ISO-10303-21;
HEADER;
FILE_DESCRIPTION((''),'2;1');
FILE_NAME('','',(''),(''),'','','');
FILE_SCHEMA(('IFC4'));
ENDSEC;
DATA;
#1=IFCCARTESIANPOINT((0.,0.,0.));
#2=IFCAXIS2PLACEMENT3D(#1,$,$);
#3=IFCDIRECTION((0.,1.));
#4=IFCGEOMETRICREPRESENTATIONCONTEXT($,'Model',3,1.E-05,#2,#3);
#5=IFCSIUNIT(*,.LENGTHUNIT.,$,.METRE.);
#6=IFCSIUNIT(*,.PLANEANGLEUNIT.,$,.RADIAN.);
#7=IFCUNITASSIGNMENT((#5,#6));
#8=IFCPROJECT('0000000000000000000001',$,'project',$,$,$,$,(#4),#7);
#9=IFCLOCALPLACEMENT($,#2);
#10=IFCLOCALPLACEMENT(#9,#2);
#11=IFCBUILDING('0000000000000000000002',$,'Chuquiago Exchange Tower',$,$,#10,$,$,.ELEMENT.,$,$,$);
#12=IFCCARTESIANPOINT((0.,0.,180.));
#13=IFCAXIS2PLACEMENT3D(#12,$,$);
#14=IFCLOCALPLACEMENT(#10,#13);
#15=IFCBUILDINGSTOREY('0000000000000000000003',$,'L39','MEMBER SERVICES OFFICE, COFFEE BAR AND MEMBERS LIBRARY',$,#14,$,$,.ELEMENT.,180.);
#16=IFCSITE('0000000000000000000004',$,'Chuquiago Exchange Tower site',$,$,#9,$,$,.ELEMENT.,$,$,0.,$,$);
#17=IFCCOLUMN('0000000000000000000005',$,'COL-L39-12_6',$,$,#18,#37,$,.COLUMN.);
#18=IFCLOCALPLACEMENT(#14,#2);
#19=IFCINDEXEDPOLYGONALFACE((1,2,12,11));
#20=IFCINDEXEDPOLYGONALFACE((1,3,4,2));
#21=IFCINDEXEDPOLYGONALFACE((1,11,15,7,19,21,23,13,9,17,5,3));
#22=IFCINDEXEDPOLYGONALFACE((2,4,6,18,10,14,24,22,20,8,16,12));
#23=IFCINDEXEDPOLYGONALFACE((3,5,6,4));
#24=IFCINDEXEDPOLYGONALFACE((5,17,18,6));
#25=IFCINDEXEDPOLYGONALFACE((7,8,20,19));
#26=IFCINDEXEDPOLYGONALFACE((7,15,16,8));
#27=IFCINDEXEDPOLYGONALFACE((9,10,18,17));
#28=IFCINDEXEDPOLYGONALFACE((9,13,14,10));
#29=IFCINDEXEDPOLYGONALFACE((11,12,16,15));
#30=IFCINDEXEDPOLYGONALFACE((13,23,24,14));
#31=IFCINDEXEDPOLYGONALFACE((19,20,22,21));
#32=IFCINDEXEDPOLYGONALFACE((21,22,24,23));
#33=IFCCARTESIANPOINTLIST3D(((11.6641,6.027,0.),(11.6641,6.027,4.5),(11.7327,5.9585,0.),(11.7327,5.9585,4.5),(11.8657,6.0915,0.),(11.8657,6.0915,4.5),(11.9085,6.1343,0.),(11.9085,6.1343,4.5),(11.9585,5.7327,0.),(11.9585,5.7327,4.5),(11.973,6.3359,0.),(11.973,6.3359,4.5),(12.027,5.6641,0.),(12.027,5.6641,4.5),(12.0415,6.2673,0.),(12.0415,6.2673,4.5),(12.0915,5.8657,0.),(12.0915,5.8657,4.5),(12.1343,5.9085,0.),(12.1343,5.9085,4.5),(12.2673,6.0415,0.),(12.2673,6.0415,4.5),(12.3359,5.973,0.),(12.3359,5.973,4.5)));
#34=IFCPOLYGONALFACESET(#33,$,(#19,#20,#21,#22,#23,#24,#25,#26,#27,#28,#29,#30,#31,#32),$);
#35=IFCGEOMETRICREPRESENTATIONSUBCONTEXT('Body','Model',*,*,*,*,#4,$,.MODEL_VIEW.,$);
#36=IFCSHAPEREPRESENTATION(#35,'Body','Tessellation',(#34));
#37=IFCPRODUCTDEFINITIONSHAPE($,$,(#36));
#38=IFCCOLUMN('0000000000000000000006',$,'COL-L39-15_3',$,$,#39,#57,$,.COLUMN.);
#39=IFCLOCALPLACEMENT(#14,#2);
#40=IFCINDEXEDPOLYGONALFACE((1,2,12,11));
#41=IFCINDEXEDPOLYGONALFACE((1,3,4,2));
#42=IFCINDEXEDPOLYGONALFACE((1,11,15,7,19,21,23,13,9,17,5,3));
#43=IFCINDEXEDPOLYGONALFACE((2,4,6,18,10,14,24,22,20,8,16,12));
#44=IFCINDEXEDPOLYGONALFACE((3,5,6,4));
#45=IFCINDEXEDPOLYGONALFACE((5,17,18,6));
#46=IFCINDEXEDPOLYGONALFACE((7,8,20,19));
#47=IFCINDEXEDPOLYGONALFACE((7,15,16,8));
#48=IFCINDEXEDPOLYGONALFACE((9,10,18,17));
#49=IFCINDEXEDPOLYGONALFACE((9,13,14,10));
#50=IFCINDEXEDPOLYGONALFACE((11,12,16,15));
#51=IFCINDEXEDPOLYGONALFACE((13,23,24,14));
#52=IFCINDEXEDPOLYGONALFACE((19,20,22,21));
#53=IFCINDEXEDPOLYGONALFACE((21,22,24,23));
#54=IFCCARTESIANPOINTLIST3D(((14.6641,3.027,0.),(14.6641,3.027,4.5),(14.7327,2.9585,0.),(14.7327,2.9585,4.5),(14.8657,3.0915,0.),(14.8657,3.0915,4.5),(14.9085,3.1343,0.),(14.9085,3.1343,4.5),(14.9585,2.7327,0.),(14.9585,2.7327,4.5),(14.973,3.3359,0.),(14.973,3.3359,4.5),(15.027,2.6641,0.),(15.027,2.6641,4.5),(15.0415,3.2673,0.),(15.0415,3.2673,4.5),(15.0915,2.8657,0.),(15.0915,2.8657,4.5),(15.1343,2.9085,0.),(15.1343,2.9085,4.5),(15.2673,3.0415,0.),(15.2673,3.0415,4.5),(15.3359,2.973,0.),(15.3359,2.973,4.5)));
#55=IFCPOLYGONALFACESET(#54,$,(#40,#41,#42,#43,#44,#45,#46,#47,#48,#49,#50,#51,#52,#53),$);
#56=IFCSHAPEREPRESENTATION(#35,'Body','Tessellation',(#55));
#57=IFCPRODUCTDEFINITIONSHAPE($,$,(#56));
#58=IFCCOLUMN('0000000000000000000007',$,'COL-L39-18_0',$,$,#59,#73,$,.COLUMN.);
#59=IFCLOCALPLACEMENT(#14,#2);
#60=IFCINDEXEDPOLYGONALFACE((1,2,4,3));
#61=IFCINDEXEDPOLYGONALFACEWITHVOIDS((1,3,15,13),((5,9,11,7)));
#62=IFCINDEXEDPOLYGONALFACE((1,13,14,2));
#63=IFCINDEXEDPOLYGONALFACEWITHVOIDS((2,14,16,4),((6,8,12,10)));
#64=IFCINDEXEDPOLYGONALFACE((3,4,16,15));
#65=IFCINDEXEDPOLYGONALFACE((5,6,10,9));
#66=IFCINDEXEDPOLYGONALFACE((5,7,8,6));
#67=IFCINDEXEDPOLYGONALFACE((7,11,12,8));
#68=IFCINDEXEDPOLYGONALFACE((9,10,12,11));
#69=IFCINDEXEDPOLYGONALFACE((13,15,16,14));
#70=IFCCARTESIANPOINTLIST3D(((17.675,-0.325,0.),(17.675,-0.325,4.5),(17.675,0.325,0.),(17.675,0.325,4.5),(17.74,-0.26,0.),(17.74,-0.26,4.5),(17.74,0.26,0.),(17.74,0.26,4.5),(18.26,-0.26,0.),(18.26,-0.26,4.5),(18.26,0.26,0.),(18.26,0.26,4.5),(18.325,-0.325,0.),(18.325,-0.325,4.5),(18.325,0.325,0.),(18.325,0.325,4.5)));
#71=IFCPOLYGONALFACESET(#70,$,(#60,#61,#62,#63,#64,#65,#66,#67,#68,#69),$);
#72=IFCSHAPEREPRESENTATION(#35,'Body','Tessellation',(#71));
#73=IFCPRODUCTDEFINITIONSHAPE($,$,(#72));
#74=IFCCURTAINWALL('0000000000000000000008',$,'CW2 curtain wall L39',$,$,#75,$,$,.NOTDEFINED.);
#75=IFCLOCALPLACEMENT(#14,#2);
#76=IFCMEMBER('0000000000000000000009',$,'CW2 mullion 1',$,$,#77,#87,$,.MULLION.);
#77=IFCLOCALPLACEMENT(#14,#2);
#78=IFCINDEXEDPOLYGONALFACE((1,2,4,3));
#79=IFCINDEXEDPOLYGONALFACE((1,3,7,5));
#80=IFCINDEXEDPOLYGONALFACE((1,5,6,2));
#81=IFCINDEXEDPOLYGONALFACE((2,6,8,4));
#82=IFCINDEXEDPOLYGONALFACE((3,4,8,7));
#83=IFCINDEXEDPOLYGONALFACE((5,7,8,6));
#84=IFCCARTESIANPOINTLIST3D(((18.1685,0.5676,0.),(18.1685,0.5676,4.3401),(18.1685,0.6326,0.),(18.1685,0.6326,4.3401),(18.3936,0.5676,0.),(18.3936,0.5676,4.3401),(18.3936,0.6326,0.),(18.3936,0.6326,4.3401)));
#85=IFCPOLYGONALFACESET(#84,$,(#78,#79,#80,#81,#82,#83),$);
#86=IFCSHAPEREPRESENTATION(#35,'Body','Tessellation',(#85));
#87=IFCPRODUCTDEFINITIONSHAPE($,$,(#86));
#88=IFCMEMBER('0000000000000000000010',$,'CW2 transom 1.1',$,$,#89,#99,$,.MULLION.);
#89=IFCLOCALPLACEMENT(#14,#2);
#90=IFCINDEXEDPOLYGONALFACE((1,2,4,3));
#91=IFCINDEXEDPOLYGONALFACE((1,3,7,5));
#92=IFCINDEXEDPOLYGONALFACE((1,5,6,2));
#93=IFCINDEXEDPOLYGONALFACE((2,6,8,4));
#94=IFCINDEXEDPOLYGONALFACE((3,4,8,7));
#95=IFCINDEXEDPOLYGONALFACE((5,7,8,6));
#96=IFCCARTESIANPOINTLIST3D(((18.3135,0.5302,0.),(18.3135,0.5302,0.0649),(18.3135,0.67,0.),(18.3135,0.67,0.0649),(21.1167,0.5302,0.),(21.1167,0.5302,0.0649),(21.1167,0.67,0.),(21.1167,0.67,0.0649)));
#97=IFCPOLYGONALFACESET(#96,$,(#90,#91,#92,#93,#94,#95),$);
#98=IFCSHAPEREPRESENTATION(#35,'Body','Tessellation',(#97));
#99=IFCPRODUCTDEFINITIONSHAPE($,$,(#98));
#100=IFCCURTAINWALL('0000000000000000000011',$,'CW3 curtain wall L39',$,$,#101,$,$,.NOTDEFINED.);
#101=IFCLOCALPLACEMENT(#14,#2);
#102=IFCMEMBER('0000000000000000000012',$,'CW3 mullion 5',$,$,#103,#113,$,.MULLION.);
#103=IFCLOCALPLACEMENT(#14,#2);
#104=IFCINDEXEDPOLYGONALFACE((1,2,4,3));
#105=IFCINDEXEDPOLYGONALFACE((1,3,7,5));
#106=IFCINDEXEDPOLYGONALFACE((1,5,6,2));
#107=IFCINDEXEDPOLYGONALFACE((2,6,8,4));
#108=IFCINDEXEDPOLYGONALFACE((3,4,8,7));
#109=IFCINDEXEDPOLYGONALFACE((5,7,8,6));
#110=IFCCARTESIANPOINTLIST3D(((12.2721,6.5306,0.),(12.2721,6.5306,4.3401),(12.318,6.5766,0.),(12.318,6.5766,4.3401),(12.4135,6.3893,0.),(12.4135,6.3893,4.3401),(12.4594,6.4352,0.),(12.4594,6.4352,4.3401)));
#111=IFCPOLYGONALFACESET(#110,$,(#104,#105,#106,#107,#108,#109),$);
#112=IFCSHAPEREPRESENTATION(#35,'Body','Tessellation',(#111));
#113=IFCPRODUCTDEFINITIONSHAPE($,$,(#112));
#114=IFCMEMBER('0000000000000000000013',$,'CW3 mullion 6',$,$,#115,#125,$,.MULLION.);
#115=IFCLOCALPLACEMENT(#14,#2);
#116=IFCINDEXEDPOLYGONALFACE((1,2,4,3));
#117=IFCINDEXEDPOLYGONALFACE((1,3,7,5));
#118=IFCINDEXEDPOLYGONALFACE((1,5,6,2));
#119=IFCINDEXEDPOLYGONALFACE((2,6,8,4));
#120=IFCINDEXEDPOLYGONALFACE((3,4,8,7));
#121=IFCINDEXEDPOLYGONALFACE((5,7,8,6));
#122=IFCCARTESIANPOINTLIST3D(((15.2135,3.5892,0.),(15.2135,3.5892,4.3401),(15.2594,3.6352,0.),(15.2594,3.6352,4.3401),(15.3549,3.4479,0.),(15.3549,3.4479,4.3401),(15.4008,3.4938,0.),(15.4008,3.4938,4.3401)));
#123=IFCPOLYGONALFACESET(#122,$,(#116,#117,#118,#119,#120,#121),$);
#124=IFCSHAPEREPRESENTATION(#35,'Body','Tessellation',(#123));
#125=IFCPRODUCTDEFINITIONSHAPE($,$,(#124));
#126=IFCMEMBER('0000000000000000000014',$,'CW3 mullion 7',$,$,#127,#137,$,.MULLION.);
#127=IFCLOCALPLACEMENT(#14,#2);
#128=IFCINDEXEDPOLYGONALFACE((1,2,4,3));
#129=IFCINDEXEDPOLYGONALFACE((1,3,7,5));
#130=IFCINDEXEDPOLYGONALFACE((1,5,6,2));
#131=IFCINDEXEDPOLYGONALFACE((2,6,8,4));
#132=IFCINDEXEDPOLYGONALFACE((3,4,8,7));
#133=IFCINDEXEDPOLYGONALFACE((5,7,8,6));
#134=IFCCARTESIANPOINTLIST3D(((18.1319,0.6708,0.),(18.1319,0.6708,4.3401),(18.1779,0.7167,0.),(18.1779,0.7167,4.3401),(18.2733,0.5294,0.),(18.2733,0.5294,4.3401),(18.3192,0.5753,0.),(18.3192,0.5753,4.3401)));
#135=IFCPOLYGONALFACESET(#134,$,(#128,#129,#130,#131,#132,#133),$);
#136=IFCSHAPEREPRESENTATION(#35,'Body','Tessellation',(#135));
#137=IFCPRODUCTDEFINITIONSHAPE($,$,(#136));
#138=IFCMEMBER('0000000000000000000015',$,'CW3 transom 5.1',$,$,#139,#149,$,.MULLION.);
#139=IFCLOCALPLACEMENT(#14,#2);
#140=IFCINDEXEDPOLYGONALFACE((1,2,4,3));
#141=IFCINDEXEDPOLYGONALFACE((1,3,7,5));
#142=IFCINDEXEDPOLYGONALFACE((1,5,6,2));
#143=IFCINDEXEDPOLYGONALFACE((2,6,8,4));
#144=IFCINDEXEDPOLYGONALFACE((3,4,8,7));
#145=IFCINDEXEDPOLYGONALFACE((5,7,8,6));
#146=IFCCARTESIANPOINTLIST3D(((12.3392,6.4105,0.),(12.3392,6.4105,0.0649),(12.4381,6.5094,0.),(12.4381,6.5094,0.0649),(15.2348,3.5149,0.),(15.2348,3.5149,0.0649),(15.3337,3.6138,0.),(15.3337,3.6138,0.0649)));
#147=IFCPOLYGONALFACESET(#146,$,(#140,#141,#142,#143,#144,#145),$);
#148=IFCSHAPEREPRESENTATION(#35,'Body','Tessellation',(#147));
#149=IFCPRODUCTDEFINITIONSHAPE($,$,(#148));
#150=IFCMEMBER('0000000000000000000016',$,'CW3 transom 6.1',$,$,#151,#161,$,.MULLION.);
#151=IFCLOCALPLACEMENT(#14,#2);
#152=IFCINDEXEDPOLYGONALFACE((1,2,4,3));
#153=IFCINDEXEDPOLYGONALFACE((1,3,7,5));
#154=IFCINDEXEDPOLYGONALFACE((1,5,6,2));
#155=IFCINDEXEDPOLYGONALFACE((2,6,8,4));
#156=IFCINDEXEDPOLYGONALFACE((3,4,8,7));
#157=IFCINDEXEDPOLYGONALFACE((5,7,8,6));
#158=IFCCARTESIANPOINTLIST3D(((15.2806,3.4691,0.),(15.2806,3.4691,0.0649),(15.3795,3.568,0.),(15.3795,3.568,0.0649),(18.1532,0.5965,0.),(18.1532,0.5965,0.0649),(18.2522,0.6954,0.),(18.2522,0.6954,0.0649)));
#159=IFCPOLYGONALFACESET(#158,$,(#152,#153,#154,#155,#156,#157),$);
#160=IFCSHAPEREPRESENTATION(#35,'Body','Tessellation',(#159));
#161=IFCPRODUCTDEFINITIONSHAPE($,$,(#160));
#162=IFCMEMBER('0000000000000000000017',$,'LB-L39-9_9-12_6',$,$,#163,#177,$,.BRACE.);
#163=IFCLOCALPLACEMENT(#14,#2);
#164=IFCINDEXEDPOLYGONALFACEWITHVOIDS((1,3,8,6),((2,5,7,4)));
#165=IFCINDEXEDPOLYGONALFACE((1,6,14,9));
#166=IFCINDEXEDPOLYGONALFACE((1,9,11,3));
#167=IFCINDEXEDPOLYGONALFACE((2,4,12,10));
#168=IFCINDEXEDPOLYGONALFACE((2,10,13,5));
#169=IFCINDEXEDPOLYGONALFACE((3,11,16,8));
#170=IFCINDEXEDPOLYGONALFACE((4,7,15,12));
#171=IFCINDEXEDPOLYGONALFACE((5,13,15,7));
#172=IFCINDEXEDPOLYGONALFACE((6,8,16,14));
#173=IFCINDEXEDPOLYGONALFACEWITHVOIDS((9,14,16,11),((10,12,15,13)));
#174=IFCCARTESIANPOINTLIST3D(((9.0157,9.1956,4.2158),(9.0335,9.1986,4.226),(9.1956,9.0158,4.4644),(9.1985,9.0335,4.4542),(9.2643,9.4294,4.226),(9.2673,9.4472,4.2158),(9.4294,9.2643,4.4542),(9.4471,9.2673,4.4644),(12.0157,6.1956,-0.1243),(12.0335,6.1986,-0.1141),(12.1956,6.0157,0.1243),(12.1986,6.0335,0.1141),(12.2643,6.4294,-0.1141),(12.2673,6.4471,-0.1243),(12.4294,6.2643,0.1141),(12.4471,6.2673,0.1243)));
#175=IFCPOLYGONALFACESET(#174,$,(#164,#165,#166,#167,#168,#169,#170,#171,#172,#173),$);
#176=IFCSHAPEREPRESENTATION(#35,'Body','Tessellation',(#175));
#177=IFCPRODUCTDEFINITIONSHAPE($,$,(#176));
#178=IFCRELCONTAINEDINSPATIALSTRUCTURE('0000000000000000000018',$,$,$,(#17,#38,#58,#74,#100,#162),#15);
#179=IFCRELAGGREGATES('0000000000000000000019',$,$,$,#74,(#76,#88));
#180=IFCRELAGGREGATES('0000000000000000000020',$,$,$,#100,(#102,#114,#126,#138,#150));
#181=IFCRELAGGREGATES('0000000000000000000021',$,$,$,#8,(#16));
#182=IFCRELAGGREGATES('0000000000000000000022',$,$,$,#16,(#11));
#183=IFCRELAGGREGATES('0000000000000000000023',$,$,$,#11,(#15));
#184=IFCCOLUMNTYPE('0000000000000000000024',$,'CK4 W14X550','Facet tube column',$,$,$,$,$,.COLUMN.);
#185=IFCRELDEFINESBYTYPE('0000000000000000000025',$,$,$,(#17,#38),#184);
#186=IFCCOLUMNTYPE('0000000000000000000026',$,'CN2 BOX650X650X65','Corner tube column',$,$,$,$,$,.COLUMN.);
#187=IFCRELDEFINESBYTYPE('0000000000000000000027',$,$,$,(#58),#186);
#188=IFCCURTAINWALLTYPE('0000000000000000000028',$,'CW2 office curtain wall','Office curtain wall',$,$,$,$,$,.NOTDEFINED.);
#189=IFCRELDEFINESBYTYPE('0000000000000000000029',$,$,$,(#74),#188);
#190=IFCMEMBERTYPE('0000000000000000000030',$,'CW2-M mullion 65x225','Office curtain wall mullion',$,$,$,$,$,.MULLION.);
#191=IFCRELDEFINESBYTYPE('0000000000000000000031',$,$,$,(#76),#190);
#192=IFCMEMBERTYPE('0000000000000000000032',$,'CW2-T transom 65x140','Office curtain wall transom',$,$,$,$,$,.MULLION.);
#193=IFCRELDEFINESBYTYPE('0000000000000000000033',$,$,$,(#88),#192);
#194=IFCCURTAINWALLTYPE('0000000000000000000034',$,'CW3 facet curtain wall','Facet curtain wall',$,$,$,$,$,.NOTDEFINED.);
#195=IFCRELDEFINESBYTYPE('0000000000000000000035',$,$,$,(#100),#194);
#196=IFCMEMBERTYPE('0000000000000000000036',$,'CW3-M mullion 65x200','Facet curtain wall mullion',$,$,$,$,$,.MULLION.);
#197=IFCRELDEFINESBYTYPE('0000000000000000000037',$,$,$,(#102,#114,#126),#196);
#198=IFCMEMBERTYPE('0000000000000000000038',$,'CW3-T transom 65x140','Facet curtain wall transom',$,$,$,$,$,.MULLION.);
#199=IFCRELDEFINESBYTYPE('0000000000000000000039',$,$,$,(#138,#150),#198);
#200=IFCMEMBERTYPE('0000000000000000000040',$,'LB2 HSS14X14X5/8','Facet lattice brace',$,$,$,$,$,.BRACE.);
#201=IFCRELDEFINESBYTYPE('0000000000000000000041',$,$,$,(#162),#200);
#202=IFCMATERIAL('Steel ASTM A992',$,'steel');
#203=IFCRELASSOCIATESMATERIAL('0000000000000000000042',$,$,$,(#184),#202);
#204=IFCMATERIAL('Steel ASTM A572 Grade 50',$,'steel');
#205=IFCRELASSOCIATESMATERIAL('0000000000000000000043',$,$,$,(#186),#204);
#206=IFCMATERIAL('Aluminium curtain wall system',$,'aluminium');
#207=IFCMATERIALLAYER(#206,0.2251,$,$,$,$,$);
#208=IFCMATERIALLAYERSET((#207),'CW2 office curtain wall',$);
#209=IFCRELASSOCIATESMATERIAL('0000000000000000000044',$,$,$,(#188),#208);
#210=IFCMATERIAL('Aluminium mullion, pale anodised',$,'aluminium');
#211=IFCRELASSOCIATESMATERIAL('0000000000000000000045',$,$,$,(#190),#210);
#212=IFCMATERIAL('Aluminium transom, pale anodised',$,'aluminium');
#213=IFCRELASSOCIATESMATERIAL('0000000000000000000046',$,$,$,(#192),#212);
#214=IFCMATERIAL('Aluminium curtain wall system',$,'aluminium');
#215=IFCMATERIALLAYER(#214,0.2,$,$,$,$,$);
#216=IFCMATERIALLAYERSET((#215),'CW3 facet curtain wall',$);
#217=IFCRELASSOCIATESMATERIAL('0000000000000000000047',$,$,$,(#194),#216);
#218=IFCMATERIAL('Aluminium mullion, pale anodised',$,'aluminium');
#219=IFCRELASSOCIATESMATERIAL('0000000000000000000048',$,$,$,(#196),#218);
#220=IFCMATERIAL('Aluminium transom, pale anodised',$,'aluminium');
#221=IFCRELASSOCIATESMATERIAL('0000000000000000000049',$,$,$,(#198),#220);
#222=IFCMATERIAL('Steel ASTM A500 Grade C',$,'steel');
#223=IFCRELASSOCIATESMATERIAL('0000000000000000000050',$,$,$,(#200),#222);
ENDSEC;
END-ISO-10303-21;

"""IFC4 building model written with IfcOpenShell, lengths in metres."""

from ifc_helpers import new_model, si_unit, direction, frame, origin, origin_2d, place, context, subcontext, project, spatial, rectangle, hollow_rectangle, i_section, extrude, material, layer, layer_set, material_profile, profile_set, type_object, element, aggregate, save


model = new_model("IFC4")

# Units and contexts
model_context = context("Model", 3, precision=1e-05, world=origin(), true_north=direction((0.0, 1.0)))
body_context = subcontext(model_context, "Body", "Model", "MODEL_VIEW")
ifc_project = project(units=[si_unit("LENGTHUNIT", "METRE"), si_unit("PLANEANGLEUNIT", "RADIAN")], contexts=[model_context])

# Site, building, storey
site_placement = place(None, origin())
site = spatial("IfcSite", under=ifc_project, at=site_placement, Name="Chuquiago Exchange Tower site", CompositionType="ELEMENT", RefElevation=0.0)
building_placement = place(site_placement, origin())
building = spatial("IfcBuilding", under=site, at=building_placement, Name="Chuquiago Exchange Tower", CompositionType="ELEMENT")
storey_placement = place(building_placement, frame((0.0, 0.0, 180.0)))
storey = spatial("IfcBuildingStorey", under=building, at=storey_placement, Name="L39", Description="MEMBER SERVICES OFFICE, COFFEE BAR AND MEMBERS LIBRARY", CompositionType="ELEMENT", Elevation=180.0)

# Columns
ifc_material_1 = material(Name="Steel ASTM A992", Category="steel")
ifc_material_profile_1 = material_profile(ifc_material_1, i_section(OverallWidth=0.4368, OverallDepth=0.5132, WebThickness=0.0605, FlangeThickness=0.0969, at=origin_2d()), Name="W14X550")
ifc_profile_set_1 = profile_set([ifc_material_profile_1], Name="Steel ASTM A992")
column_type_1 = type_object("IfcColumnType", Name="CK4 W14X550", Description="Facet tube column", PredefinedType="COLUMN", material=ifc_profile_set_1)
for number, where, z_axis, x_axis, name in (
    (1, (12.0, 6.0, 0.0), (0.0, 0.0, 1.0), (-0.707107, -0.707107, 0.0), "COL-L39-12_6"),
    (2, (15.0, 3.0, 0.0), (0.0, 0.0, 1.0), (-0.707107, -0.707107, 0.0), "COL-L39-15_3"),
):
    element("IfcColumn", number, at=place(storey_placement, frame(where, z_axis=z_axis, x_axis=x_axis)), inside=storey, type_object=column_type_1, Name=name, PredefinedType="COLUMN", context=body_context, shape_type="SweptSolid", body=[
        extrude(i_section(OverallWidth=0.4368, OverallDepth=0.5132, WebThickness=0.0605, FlangeThickness=0.0969, at=origin_2d()), origin(), (0.0, 0.0, 1.0), 4.5),
    ])
ifc_material_2 = material(Name="Steel ASTM A572 Grade 50", Category="steel")
ifc_material_profile_2 = material_profile(ifc_material_2, hollow_rectangle(XDim=0.6499, YDim=0.6499, WallThickness=0.0649, at=origin_2d()), Name="BOX650X650X65")
ifc_profile_set_2 = profile_set([ifc_material_profile_2], Name="Steel ASTM A572 Grade 50")
column_type_2 = type_object("IfcColumnType", Name="CN2 BOX650X650X65", Description="Corner tube column", PredefinedType="COLUMN", material=ifc_profile_set_2)
column_placement = place(storey_placement, frame((18.0, 0.0, 0.0), z_axis=(0.0, 0.0, 1.0), x_axis=(0.0, -1.0, 0.0)))
element("IfcColumn", 3, at=column_placement, inside=storey, type_object=column_type_2, Name="COL-L39-18_0", PredefinedType="COLUMN", context=body_context, shape_type="SweptSolid", body=[
    extrude(hollow_rectangle(XDim=0.6499, YDim=0.6499, WallThickness=0.0649, at=origin_2d()), origin(), (0.0, 0.0, 1.0), 4.5),
])

# Curtain walls, members
ifc_material_3 = material(Name="Aluminium curtain wall system", Category="aluminium")
ifc_layer_1 = layer(ifc_material_3, 0.2251)
ifc_layer_set_1 = layer_set([ifc_layer_1], Name="CW2 office curtain wall")
curtain_wall_type_1 = type_object("IfcCurtainWallType", Name="CW2 office curtain wall", Description="Office curtain wall", PredefinedType="NOTDEFINED", material=ifc_layer_set_1)
curtain_wall_1_placement = place(storey_placement, origin())
curtain_wall_1 = element("IfcCurtainWall", 4, at=curtain_wall_1_placement, inside=storey, type_object=curtain_wall_type_1, Name="CW2 curtain wall L39", PredefinedType="NOTDEFINED")
ifc_material_4 = material(Name="Aluminium mullion, pale anodised", Category="aluminium")
ifc_material_profile_3 = material_profile(ifc_material_4, rectangle(XDim=0.0649, YDim=0.2251, at=origin_2d()), Name="AL 65x225")
ifc_profile_set_3 = profile_set([ifc_material_profile_3], Name="Aluminium mullion, pale anodised")
member_type_1 = type_object("IfcMemberType", Name="CW2-M mullion 65x225", Description="Office curtain wall mullion", PredefinedType="MULLION", material=ifc_profile_set_3)
member_1_placement = place(storey_placement, frame((18.281, 0.6001, 0.0), z_axis=(0.0, 0.0, 1.0), x_axis=(0.0, 1.0, 0.0)))
member_1 = element("IfcMember", 5, at=member_1_placement, type_object=member_type_1, Name="CW2 mullion 1", PredefinedType="MULLION", context=body_context, shape_type="SweptSolid", body=[
    extrude(rectangle(XDim=0.0649, YDim=0.2251, at=origin_2d()), origin(), (0.0, 0.0, 1.0), 4.3401),
])
ifc_material_5 = material(Name="Aluminium transom, pale anodised", Category="aluminium")
ifc_material_profile_4 = material_profile(ifc_material_5, rectangle(XDim=0.1399, YDim=0.0649, at=origin_2d()), Name="AL 140x65")
ifc_profile_set_4 = profile_set([ifc_material_profile_4], Name="Aluminium transom, pale anodised")
member_type_2 = type_object("IfcMemberType", Name="CW2-T transom 65x140", Description="Office curtain wall transom", PredefinedType="MULLION", material=ifc_profile_set_4)
member_2_placement = place(storey_placement, frame((18.3135, 0.6001, 0.0325), z_axis=(1.0, 0.0, 0.0), x_axis=(0.0, 1.0, 0.0)))
member_2 = element("IfcMember", 6, at=member_2_placement, type_object=member_type_2, Name="CW2 transom 1.1", PredefinedType="MULLION", context=body_context, shape_type="SweptSolid", body=[
    extrude(rectangle(XDim=0.1399, YDim=0.0649, at=origin_2d()), origin(), (0.0, 0.0, 1.0), 2.8032),
])
aggregate(curtain_wall_1, [member_1, member_2])
ifc_material_6 = material(Name="Aluminium curtain wall system", Category="aluminium")
ifc_layer_2 = layer(ifc_material_6, 0.2)
ifc_layer_set_2 = layer_set([ifc_layer_2], Name="CW3 facet curtain wall")
curtain_wall_type_2 = type_object("IfcCurtainWallType", Name="CW3 facet curtain wall", Description="Facet curtain wall", PredefinedType="NOTDEFINED", material=ifc_layer_set_2)
curtain_wall_2_placement = place(storey_placement, origin())
curtain_wall_2 = element("IfcCurtainWall", 7, at=curtain_wall_2_placement, inside=storey, type_object=curtain_wall_type_2, Name="CW3 curtain wall L39", PredefinedType="NOTDEFINED")
ifc_material_7 = material(Name="Aluminium mullion, pale anodised", Category="aluminium")
ifc_material_profile_5 = material_profile(ifc_material_7, rectangle(XDim=0.0649, YDim=0.2, at=origin_2d()), Name="AL 65x200")
ifc_profile_set_5 = profile_set([ifc_material_profile_5], Name="Aluminium mullion, pale anodised")
member_type_3 = type_object("IfcMemberType", Name="CW3-M mullion 65x200", Description="Facet curtain wall mullion", PredefinedType="MULLION", material=ifc_profile_set_5)
member_3_placement = place(storey_placement, frame((12.3657, 6.4829, 0.0), z_axis=(0.0, 0.0, 1.0), x_axis=(0.707107, 0.707107, 0.0)))
member_3 = element("IfcMember", 8, at=member_3_placement, type_object=member_type_3, Name="CW3 mullion 5", PredefinedType="MULLION", context=body_context, shape_type="SweptSolid", body=[
    extrude(rectangle(XDim=0.0649, YDim=0.2, at=origin_2d()), origin(), (0.0, 0.0, 1.0), 4.3401),
])
member_4_placement = place(storey_placement, frame((15.3071, 3.5415, 0.0), z_axis=(0.0, 0.0, 1.0), x_axis=(0.707107, 0.707107, 0.0)))
member_4 = element("IfcMember", 9, at=member_4_placement, type_object=member_type_3, Name="CW3 mullion 6", PredefinedType="MULLION", context=body_context, shape_type="SweptSolid", body=[
    extrude(rectangle(XDim=0.0649, YDim=0.2, at=origin_2d()), origin(), (0.0, 0.0, 1.0), 4.3401),
])
member_5_placement = place(storey_placement, frame((18.2256, 0.623, 0.0), z_axis=(0.0, 0.0, 1.0), x_axis=(0.707107, 0.707107, 0.0)))
member_5 = element("IfcMember", 10, at=member_5_placement, type_object=member_type_3, Name="CW3 mullion 7", PredefinedType="MULLION", context=body_context, shape_type="SweptSolid", body=[
    extrude(rectangle(XDim=0.0649, YDim=0.2, at=origin_2d()), origin(), (0.0, 0.0, 1.0), 4.3401),
])
ifc_material_8 = material(Name="Aluminium transom, pale anodised", Category="aluminium")
ifc_material_profile_6 = material_profile(ifc_material_8, rectangle(XDim=0.1399, YDim=0.0649, at=origin_2d()), Name="AL 140x65")
ifc_profile_set_6 = profile_set([ifc_material_profile_6], Name="Aluminium transom, pale anodised")
member_type_4 = type_object("IfcMemberType", Name="CW3-T transom 65x140", Description="Facet curtain wall transom", PredefinedType="MULLION", material=ifc_profile_set_6)
member_6_placement = place(storey_placement, frame((12.3887, 6.46, 0.0325), z_axis=(0.707107, -0.707107, 0.0), x_axis=(0.707107, 0.707107, 0.0)))
member_6 = element("IfcMember", 11, at=member_6_placement, type_object=member_type_4, Name="CW3 transom 5.1", PredefinedType="MULLION", context=body_context, shape_type="SweptSolid", body=[
    extrude(rectangle(XDim=0.1399, YDim=0.0649, at=origin_2d()), origin(), (0.0, 0.0, 1.0), 4.095),
])
member_7_placement = place(storey_placement, frame((15.3301, 3.5186, 0.0325), z_axis=(0.707107, -0.707107, 0.0), x_axis=(0.707107, 0.707107, 0.0)))
member_7 = element("IfcMember", 12, at=member_7_placement, type_object=member_type_4, Name="CW3 transom 6.1", PredefinedType="MULLION", context=body_context, shape_type="SweptSolid", body=[
    extrude(rectangle(XDim=0.1399, YDim=0.0649, at=origin_2d()), origin(), (0.0, 0.0, 1.0), 4.0625),
])

# Member
ifc_material_9 = material(Name="Steel ASTM A500 Grade C", Category="steel")
ifc_material_profile_7 = material_profile(ifc_material_9, hollow_rectangle(XDim=0.3557, YDim=0.3557, WallThickness=0.0146, at=origin_2d()), Name="HSS14X14X5/8")
ifc_profile_set_7 = profile_set([ifc_material_profile_7], Name="Steel ASTM A500 Grade C")
member_type_5 = type_object("IfcMemberType", Name="LB2 HSS14X14X5/8", Description="Facet lattice brace", PredefinedType="BRACE", material=ifc_profile_set_7)
for number, where, z_axis, x_axis, name in (
    (13, (12.2314, 6.2314, 0.0), (-0.494291, 0.494291, 0.715089), (-0.707107, -0.707107, 0.0), "LB-L39-9_9-12_6"),
):
    element("IfcMember", number, at=place(storey_placement, frame(where, z_axis=z_axis, x_axis=x_axis)), inside=storey, type_object=member_type_5, Name=name, PredefinedType="BRACE", context=body_context, shape_type="SweptSolid", body=[
        extrude(hollow_rectangle(XDim=0.3557, YDim=0.3557, WallThickness=0.0146, at=origin_2d()), origin(), (0.0, 0.0, 1.0), 6.0693),
    ])

aggregate(curtain_wall_2, [member_3, member_4, member_5, member_6, member_7])

save(model, "model.ifc")
